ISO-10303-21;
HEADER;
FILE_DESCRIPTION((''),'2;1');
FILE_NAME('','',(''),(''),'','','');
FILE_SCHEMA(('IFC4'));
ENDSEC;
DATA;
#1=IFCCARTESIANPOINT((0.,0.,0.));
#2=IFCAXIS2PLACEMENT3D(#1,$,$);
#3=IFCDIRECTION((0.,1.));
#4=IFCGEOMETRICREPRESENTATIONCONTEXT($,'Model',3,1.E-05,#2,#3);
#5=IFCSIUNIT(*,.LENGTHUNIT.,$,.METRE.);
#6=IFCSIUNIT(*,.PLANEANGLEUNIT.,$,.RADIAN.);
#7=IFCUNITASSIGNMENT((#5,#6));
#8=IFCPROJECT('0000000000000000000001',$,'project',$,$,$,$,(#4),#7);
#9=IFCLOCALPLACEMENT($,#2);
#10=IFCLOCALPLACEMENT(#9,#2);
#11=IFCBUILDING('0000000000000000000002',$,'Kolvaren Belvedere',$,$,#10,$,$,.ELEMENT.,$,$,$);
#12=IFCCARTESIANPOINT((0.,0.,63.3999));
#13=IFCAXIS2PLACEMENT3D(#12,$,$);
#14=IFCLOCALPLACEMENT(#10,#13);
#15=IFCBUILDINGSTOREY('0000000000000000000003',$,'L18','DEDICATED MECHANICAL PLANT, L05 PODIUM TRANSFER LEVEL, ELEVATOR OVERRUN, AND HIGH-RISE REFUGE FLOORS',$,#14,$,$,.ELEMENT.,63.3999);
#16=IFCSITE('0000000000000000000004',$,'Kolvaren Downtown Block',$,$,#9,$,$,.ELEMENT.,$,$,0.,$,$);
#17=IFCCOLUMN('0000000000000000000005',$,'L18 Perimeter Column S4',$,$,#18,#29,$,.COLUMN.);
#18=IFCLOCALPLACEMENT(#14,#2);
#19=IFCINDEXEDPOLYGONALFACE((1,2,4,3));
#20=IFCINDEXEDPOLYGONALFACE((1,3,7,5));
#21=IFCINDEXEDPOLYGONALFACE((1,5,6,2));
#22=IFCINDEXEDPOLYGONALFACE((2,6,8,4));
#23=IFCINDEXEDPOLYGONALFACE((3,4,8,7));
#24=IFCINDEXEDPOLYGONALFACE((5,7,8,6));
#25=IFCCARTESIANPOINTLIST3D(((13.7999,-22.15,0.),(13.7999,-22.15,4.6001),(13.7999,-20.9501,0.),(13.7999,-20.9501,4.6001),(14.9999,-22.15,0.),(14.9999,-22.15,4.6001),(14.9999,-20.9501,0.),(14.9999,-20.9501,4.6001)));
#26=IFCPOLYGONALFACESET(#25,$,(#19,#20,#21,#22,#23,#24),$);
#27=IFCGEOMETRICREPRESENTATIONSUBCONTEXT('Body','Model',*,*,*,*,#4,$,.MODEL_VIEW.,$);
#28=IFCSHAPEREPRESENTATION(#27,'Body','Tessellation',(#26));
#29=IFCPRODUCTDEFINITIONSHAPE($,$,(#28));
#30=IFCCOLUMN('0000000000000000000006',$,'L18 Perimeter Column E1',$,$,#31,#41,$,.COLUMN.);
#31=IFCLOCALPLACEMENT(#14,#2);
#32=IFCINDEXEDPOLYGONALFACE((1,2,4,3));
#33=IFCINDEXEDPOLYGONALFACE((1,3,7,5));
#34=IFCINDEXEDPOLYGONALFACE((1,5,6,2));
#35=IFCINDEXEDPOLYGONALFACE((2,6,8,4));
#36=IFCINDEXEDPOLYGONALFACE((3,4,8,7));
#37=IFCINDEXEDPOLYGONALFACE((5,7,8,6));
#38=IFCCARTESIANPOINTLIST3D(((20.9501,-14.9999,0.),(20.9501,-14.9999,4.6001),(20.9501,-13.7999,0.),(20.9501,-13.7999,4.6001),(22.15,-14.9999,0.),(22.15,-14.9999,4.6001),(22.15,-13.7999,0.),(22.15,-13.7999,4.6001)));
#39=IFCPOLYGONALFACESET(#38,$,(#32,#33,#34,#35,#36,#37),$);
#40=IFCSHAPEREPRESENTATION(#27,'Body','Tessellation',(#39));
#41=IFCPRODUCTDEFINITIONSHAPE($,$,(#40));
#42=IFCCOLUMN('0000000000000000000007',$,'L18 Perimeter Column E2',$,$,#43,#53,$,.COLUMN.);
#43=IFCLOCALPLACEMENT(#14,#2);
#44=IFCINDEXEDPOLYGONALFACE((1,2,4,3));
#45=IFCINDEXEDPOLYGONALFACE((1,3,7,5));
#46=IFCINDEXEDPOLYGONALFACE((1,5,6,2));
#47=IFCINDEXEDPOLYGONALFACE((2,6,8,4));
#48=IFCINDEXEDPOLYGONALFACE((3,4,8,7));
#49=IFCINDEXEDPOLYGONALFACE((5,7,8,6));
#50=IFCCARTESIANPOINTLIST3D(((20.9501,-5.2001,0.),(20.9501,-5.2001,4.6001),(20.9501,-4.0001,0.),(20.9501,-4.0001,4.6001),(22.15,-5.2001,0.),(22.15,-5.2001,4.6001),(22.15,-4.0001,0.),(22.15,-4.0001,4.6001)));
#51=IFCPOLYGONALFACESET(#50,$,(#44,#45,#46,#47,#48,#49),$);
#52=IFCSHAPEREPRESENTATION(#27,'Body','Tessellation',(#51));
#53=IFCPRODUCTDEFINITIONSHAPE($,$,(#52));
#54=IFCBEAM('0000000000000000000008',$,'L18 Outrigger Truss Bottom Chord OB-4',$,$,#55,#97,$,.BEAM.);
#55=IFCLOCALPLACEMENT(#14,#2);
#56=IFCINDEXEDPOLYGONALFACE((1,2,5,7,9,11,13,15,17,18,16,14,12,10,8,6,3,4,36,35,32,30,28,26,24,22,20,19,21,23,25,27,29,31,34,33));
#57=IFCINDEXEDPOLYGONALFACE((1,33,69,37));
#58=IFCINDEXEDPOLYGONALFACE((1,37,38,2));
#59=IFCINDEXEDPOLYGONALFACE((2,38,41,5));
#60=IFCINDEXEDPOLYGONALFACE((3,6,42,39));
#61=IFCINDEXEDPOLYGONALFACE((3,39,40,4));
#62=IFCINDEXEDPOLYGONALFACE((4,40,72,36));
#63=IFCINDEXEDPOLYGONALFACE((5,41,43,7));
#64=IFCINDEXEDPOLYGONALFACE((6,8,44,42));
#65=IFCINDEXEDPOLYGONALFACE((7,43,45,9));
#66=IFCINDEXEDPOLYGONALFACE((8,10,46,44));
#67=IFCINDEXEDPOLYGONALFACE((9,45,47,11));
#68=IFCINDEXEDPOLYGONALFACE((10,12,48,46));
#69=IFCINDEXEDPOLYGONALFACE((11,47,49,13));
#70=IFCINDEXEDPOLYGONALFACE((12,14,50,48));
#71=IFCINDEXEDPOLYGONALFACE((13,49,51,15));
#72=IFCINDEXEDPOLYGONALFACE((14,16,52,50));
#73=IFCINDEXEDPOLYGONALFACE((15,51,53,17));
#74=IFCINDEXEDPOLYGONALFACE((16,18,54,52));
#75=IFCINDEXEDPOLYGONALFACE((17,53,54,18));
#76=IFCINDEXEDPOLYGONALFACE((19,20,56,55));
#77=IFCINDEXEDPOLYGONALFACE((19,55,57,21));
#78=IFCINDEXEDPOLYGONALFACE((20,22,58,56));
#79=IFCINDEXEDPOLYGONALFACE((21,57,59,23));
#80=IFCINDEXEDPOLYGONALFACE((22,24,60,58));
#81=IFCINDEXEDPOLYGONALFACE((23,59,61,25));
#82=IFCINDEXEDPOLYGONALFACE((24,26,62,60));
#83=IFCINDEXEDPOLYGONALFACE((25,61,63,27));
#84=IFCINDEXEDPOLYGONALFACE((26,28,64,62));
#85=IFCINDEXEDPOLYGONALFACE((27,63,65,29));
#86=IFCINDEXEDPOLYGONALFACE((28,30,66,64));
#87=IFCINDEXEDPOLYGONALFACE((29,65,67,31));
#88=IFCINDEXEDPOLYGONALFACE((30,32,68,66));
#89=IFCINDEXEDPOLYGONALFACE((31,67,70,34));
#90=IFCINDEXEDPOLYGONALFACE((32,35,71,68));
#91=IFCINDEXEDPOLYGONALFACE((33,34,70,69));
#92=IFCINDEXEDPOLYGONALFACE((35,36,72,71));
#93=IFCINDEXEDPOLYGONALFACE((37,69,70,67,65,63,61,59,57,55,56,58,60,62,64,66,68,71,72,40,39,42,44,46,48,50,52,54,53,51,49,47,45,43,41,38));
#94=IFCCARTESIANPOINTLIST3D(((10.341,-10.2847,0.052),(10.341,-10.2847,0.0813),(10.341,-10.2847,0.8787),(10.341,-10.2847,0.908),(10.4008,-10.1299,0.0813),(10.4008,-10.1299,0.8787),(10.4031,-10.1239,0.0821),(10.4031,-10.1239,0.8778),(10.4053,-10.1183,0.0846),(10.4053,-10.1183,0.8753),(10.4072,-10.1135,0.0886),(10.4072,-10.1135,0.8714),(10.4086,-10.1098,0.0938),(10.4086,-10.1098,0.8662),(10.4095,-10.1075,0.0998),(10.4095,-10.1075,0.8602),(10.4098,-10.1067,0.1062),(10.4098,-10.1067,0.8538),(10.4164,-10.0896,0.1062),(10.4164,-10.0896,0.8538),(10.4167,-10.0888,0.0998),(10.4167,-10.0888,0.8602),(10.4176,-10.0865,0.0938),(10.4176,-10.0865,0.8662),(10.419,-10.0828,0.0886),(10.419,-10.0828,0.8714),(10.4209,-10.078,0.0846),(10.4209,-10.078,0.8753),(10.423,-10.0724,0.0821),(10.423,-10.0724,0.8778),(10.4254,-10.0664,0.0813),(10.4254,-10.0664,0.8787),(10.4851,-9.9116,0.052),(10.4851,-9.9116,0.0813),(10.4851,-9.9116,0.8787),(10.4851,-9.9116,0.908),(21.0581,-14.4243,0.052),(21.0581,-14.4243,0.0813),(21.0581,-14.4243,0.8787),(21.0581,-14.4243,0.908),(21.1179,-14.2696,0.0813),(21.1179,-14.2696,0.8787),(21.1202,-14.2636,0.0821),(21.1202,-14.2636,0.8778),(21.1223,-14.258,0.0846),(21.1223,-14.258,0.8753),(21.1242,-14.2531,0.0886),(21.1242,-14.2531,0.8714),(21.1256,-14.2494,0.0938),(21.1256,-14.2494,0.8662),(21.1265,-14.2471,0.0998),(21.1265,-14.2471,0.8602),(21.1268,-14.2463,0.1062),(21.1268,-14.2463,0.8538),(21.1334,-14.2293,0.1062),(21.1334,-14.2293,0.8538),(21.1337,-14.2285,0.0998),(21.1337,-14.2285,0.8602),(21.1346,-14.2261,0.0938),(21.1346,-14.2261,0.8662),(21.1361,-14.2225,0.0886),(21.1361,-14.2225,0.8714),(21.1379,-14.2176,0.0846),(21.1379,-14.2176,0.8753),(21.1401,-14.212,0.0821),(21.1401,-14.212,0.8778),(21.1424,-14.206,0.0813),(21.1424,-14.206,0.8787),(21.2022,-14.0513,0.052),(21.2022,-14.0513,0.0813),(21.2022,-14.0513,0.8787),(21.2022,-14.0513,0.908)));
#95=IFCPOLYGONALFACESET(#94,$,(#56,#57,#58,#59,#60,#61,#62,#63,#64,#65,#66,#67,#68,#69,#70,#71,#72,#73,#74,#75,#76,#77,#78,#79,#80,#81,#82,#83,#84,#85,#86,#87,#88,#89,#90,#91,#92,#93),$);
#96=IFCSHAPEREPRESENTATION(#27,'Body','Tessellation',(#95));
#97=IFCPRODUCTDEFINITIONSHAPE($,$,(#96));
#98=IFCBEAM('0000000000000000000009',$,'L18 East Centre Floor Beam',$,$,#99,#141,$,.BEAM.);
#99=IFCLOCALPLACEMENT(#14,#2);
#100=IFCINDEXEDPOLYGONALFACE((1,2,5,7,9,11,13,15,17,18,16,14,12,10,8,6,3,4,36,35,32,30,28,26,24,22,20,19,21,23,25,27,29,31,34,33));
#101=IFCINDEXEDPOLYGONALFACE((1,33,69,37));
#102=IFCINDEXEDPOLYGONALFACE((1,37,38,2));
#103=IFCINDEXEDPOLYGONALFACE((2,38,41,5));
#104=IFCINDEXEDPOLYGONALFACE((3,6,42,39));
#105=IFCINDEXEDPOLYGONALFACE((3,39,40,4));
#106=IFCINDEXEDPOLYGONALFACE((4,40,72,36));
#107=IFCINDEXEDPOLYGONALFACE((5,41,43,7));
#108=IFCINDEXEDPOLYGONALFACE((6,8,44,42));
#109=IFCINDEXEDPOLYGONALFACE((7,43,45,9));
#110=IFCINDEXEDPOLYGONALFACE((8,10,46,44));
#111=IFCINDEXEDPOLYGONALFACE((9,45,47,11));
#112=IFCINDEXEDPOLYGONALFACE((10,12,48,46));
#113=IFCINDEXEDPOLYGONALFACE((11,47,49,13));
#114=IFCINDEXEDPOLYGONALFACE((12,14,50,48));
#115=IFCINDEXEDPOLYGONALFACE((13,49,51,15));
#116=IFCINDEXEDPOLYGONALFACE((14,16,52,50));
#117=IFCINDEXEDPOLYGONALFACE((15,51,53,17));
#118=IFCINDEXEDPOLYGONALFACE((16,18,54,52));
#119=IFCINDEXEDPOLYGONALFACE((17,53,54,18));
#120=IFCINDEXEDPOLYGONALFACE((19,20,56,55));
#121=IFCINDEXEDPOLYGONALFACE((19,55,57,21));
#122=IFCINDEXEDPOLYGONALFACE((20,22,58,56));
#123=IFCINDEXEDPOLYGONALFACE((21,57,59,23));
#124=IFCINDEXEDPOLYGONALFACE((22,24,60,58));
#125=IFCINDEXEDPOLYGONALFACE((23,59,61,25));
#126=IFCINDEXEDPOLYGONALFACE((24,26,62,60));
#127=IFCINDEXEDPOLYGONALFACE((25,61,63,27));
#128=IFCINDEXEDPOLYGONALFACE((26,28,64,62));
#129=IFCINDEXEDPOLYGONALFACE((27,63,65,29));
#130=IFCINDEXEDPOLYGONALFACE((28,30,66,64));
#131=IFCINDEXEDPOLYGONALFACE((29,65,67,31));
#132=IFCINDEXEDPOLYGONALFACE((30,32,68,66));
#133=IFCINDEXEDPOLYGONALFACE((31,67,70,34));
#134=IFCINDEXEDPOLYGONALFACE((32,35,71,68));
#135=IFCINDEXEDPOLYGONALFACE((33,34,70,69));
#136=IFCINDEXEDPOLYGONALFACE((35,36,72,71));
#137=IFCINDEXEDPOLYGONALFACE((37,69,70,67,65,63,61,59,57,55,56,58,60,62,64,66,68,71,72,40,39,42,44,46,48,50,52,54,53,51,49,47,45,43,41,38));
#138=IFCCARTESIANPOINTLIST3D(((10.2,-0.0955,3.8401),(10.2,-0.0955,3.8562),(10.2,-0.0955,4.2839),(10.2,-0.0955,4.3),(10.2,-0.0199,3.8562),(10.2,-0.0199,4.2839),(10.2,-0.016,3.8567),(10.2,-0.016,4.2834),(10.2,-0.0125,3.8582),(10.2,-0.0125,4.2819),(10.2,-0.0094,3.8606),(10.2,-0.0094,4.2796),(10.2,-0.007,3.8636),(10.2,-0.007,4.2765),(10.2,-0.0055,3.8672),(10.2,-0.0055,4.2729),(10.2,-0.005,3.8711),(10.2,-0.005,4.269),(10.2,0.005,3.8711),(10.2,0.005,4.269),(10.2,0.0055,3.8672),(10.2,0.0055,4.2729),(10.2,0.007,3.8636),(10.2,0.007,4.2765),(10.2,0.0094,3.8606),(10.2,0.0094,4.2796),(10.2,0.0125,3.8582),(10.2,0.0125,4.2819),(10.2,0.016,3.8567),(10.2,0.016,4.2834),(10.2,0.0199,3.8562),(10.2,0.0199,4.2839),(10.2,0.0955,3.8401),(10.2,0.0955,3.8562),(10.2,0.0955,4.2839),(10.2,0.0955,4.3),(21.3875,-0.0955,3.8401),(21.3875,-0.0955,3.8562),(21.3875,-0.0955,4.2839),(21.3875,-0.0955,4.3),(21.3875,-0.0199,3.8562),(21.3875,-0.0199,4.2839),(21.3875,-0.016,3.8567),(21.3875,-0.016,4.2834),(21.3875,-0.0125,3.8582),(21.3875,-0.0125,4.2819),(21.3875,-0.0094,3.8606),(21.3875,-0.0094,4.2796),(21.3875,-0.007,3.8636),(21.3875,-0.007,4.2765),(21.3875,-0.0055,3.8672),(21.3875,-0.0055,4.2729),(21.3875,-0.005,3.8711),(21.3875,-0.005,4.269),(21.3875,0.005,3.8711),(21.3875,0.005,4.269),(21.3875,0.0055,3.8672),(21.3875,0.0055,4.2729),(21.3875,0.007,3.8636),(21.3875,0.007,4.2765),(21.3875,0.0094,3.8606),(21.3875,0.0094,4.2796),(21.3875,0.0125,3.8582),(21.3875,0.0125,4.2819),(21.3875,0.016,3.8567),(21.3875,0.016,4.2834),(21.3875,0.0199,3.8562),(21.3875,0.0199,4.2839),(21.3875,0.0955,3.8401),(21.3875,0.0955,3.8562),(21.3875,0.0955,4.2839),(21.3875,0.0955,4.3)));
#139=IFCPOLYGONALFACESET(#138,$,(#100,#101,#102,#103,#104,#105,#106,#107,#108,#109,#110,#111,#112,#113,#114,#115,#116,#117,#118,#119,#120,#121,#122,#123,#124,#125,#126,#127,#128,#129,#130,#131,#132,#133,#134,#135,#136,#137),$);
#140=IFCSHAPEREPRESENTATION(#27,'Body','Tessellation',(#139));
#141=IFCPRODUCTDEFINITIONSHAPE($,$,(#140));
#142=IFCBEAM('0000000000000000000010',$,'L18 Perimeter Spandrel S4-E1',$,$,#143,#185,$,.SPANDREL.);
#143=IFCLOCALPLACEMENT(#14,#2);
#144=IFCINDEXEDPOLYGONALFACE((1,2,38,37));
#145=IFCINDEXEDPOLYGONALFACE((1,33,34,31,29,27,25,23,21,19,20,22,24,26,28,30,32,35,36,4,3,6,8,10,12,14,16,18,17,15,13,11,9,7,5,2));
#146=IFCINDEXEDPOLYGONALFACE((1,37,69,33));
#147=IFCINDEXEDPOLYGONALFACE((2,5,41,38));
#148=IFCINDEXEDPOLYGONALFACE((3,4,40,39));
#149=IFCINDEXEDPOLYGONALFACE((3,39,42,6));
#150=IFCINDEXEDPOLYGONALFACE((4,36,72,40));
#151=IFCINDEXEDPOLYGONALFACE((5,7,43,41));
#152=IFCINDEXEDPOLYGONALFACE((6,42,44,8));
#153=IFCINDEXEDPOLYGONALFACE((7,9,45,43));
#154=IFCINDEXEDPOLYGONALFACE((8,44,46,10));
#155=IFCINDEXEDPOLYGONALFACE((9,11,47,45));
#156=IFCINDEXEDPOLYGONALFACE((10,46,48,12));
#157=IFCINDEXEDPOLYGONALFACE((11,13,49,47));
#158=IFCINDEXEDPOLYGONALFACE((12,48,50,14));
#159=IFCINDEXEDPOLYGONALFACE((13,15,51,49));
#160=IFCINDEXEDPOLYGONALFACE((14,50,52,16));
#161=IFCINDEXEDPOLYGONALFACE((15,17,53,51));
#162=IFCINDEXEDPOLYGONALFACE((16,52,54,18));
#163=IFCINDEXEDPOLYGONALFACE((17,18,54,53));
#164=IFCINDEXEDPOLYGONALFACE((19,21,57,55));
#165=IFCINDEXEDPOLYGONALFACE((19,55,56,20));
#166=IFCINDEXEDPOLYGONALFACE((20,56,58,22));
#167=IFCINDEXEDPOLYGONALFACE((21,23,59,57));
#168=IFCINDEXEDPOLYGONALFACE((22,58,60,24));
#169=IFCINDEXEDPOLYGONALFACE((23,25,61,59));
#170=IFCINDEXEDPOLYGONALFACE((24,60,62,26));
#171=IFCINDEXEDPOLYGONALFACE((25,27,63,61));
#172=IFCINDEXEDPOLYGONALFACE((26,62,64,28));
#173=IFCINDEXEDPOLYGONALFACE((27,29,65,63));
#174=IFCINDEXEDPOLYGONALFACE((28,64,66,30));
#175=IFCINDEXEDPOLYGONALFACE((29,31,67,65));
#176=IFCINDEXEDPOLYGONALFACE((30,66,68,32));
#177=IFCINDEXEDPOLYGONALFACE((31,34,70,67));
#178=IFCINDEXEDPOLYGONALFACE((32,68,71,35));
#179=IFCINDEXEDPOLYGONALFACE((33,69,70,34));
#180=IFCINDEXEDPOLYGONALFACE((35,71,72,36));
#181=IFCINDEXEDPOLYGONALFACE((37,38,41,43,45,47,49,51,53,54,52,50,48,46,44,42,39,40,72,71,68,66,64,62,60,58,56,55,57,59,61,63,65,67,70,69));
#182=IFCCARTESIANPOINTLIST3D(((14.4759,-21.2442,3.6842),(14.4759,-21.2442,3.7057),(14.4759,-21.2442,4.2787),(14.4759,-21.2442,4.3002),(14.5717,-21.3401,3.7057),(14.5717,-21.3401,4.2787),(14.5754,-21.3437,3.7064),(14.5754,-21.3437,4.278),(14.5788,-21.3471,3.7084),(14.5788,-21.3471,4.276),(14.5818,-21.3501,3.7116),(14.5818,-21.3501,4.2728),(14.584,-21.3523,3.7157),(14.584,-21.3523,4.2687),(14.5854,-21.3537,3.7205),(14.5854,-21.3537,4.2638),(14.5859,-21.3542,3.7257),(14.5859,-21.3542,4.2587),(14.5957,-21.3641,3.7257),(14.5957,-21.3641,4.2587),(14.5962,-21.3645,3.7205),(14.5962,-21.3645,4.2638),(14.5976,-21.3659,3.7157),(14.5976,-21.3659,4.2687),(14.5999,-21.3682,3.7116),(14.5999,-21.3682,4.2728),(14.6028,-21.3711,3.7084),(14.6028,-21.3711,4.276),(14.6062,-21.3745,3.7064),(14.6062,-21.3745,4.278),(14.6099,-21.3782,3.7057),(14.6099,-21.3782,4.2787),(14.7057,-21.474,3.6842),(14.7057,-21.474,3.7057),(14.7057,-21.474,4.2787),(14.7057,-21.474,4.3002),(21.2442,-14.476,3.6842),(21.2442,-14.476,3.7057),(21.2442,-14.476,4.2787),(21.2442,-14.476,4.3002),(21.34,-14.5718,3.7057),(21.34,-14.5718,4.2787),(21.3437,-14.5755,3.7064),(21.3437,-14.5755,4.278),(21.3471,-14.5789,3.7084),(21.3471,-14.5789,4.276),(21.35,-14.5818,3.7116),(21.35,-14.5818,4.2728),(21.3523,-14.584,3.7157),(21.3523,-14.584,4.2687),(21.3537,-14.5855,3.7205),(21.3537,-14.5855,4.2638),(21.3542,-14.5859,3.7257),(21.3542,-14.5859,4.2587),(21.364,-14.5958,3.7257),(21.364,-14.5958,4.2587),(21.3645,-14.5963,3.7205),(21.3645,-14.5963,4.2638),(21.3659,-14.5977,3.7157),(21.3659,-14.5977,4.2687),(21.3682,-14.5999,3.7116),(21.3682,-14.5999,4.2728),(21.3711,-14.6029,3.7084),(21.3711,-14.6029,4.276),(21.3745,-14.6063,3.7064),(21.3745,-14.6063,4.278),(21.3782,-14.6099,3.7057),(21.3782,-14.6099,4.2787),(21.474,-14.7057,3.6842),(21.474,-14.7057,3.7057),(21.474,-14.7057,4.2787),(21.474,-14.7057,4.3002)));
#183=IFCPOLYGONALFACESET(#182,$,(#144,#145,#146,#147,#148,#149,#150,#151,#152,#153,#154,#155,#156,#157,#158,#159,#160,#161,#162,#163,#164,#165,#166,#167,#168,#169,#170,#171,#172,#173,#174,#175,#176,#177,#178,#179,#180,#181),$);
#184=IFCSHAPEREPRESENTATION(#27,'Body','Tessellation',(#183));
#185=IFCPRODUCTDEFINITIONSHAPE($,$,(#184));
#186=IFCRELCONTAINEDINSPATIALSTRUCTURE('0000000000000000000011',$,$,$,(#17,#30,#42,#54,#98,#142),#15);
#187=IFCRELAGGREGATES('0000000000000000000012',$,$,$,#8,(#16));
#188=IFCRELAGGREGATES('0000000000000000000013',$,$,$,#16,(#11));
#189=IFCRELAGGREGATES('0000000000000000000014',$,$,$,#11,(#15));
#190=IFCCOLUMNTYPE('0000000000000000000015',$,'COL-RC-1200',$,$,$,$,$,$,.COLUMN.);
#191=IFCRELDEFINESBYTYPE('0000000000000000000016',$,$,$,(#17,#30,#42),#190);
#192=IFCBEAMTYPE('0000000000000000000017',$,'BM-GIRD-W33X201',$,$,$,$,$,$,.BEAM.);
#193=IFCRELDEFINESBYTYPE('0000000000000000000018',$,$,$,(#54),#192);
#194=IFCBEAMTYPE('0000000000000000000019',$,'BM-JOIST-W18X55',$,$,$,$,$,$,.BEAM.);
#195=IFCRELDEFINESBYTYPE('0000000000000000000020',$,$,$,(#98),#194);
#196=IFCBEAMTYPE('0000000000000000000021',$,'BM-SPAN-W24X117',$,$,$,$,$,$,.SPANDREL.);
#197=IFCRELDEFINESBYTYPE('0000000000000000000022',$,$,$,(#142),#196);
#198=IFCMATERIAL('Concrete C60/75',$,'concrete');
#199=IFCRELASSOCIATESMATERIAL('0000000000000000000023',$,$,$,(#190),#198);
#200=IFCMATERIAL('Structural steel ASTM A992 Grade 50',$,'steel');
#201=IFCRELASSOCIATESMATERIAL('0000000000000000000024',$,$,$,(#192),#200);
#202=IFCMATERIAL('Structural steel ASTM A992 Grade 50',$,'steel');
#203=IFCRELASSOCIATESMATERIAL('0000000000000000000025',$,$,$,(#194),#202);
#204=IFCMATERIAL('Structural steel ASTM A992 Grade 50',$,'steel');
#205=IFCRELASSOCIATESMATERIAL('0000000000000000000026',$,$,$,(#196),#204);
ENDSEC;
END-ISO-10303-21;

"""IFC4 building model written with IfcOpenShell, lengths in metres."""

from ifc_helpers import new_model, si_unit, direction, frame, origin, origin_2d, place, context, subcontext, project, spatial, rectangle, i_section, extrude, material, material_profile, profile_set, type_object, element, save


model = new_model("IFC4")

# Units and contexts
model_context = context("Model", 3, precision=1e-05, world=origin(), true_north=direction((0.0, 1.0)))
body_context = subcontext(model_context, "Body", "Model", "MODEL_VIEW")
ifc_project = project(units=[si_unit("LENGTHUNIT", "METRE"), si_unit("PLANEANGLEUNIT", "RADIAN")], contexts=[model_context])

# Site, building, storey
site_placement = place(None, origin())
site = spatial("IfcSite", under=ifc_project, at=site_placement, Name="Kolvaren Downtown Block", CompositionType="ELEMENT", RefElevation=0.0)
building_placement = place(site_placement, origin())
building = spatial("IfcBuilding", under=site, at=building_placement, Name="Kolvaren Belvedere", CompositionType="ELEMENT")
storey_placement = place(building_placement, frame((0.0, 0.0, 63.3999)))
storey = spatial("IfcBuildingStorey", under=building, at=storey_placement, Name="L18", Description="DEDICATED MECHANICAL PLANT, L05 PODIUM TRANSFER LEVEL, ELEVATOR OVERRUN, AND HIGH-RISE REFUGE FLOORS", CompositionType="ELEMENT", Elevation=63.3999)

# Columns
ifc_material_1 = material(Name="Concrete C60/75", Category="concrete")
ifc_material_profile_1 = material_profile(ifc_material_1, rectangle(XDim=1.2, YDim=1.2, at=origin_2d()), Name="RC 1200X1200")
ifc_profile_set_1 = profile_set([ifc_material_profile_1], Name="Concrete C60/75")
column_type = type_object("IfcColumnType", Name="COL-RC-1200", PredefinedType="COLUMN", material=ifc_profile_set_1)
for number, where, z_axis, x_axis, name in (
    (1, (14.3999, -21.55, 0.0), (0.0, 0.0, 1.0), (1.0, 0.0, 0.0), "L18 Perimeter Column S4"),
    (2, (21.55, -14.3999, 0.0), (0.0, 0.0, 1.0), (1.0, 0.0, 0.0), "L18 Perimeter Column E1"),
    (3, (21.55, -4.6001, 0.0), (0.0, 0.0, 1.0), (1.0, 0.0, 0.0), "L18 Perimeter Column E2"),
):
    element("IfcColumn", number, at=place(storey_placement, frame(where, z_axis=z_axis, x_axis=x_axis)), inside=storey, type_object=column_type, Name=name, PredefinedType="COLUMN", context=body_context, shape_type="SweptSolid", body=[
        extrude(rectangle(XDim=1.2, YDim=1.2, at=origin_2d()), origin(), (0.0, 0.0, 1.0), 4.6001),
    ])

# Beams
ifc_material_2 = material(Name="Structural steel ASTM A992 Grade 50", Category="steel")
ifc_material_profile_2 = material_profile(ifc_material_2, i_section(OverallWidth=0.3999, OverallDepth=0.856, WebThickness=0.0183, FlangeThickness=0.0293, FilletRadius=0.0249, at=origin_2d()), Name="W33X201")
ifc_profile_set_2 = profile_set([ifc_material_profile_2], Name="Structural steel ASTM A992 Grade 50")
beam_type_1 = type_object("IfcBeamType", Name="BM-GIRD-W33X201", PredefinedType="BEAM", material=ifc_profile_set_2)
beam_1_placement = place(storey_placement, frame((10.4131, -10.0981, 0.48), z_axis=(0.932828, -0.360322, 0.0), x_axis=(0.360322, 0.932828, 0.0)))
element("IfcBeam", 4, at=beam_1_placement, inside=storey, type_object=beam_type_1, Name="L18 Outrigger Truss Bottom Chord OB-4", PredefinedType="BEAM", context=body_context, shape_type="SweptSolid", body=[
    extrude(i_section(OverallWidth=0.3999, OverallDepth=0.856, WebThickness=0.0183, FlangeThickness=0.0293, FilletRadius=0.0249, at=origin_2d()), origin(), (0.0, 0.0, 1.0), 11.4888),
])
ifc_material_3 = material(Name="Structural steel ASTM A992 Grade 50", Category="steel")
ifc_material_profile_3 = material_profile(ifc_material_3, i_section(OverallWidth=0.1909, OverallDepth=0.46, WebThickness=0.01, FlangeThickness=0.0161, FilletRadius=0.0149, at=origin_2d()), Name="W18X55")
ifc_profile_set_3 = profile_set([ifc_material_profile_3], Name="Structural steel ASTM A992 Grade 50")
beam_type_2 = type_object("IfcBeamType", Name="BM-JOIST-W18X55", PredefinedType="BEAM", material=ifc_profile_set_3)
beam_2_placement = place(storey_placement, frame((10.2, 0.0, 4.0701), z_axis=(1.0, 0.0, 0.0), x_axis=(0.0, 1.0, 0.0)))
element("IfcBeam", 5, at=beam_2_placement, inside=storey, type_object=beam_type_2, Name="L18 East Centre Floor Beam", PredefinedType="BEAM", context=body_context, shape_type="SweptSolid", body=[
    extrude(i_section(OverallWidth=0.1909, OverallDepth=0.46, WebThickness=0.01, FlangeThickness=0.0161, FilletRadius=0.0149, at=origin_2d()), origin(), (0.0, 0.0, 1.0), 11.1875),
])
ifc_material_4 = material(Name="Structural steel ASTM A992 Grade 50", Category="steel")
ifc_material_profile_4 = material_profile(ifc_material_4, i_section(OverallWidth=0.325, OverallDepth=0.616, WebThickness=0.0139, FlangeThickness=0.0215, FilletRadius=0.02, at=origin_2d()), Name="W24X117")
ifc_profile_set_4 = profile_set([ifc_material_profile_4], Name="Structural steel ASTM A992 Grade 50")
beam_type_3 = type_object("IfcBeamType", Name="BM-SPAN-W24X117", PredefinedType="SPANDREL", material=ifc_profile_set_4)
beam_3_placement = place(storey_placement, frame((14.5908, -21.3591, 3.9922), z_axis=(0.707107, 0.707107, 0.0), x_axis=(-0.707107, 0.707107, 0.0)))
element("IfcBeam", 6, at=beam_3_placement, inside=storey, type_object=beam_type_3, Name="L18 Perimeter Spandrel S4-E1", PredefinedType="SPANDREL", context=body_context, shape_type="SweptSolid", body=[
    extrude(i_section(OverallWidth=0.325, OverallDepth=0.616, WebThickness=0.0139, FlangeThickness=0.0215, FilletRadius=0.02, at=origin_2d()), origin(), (0.0, 0.0, 1.0), 9.5718),
])

save(model, "model.ifc")
